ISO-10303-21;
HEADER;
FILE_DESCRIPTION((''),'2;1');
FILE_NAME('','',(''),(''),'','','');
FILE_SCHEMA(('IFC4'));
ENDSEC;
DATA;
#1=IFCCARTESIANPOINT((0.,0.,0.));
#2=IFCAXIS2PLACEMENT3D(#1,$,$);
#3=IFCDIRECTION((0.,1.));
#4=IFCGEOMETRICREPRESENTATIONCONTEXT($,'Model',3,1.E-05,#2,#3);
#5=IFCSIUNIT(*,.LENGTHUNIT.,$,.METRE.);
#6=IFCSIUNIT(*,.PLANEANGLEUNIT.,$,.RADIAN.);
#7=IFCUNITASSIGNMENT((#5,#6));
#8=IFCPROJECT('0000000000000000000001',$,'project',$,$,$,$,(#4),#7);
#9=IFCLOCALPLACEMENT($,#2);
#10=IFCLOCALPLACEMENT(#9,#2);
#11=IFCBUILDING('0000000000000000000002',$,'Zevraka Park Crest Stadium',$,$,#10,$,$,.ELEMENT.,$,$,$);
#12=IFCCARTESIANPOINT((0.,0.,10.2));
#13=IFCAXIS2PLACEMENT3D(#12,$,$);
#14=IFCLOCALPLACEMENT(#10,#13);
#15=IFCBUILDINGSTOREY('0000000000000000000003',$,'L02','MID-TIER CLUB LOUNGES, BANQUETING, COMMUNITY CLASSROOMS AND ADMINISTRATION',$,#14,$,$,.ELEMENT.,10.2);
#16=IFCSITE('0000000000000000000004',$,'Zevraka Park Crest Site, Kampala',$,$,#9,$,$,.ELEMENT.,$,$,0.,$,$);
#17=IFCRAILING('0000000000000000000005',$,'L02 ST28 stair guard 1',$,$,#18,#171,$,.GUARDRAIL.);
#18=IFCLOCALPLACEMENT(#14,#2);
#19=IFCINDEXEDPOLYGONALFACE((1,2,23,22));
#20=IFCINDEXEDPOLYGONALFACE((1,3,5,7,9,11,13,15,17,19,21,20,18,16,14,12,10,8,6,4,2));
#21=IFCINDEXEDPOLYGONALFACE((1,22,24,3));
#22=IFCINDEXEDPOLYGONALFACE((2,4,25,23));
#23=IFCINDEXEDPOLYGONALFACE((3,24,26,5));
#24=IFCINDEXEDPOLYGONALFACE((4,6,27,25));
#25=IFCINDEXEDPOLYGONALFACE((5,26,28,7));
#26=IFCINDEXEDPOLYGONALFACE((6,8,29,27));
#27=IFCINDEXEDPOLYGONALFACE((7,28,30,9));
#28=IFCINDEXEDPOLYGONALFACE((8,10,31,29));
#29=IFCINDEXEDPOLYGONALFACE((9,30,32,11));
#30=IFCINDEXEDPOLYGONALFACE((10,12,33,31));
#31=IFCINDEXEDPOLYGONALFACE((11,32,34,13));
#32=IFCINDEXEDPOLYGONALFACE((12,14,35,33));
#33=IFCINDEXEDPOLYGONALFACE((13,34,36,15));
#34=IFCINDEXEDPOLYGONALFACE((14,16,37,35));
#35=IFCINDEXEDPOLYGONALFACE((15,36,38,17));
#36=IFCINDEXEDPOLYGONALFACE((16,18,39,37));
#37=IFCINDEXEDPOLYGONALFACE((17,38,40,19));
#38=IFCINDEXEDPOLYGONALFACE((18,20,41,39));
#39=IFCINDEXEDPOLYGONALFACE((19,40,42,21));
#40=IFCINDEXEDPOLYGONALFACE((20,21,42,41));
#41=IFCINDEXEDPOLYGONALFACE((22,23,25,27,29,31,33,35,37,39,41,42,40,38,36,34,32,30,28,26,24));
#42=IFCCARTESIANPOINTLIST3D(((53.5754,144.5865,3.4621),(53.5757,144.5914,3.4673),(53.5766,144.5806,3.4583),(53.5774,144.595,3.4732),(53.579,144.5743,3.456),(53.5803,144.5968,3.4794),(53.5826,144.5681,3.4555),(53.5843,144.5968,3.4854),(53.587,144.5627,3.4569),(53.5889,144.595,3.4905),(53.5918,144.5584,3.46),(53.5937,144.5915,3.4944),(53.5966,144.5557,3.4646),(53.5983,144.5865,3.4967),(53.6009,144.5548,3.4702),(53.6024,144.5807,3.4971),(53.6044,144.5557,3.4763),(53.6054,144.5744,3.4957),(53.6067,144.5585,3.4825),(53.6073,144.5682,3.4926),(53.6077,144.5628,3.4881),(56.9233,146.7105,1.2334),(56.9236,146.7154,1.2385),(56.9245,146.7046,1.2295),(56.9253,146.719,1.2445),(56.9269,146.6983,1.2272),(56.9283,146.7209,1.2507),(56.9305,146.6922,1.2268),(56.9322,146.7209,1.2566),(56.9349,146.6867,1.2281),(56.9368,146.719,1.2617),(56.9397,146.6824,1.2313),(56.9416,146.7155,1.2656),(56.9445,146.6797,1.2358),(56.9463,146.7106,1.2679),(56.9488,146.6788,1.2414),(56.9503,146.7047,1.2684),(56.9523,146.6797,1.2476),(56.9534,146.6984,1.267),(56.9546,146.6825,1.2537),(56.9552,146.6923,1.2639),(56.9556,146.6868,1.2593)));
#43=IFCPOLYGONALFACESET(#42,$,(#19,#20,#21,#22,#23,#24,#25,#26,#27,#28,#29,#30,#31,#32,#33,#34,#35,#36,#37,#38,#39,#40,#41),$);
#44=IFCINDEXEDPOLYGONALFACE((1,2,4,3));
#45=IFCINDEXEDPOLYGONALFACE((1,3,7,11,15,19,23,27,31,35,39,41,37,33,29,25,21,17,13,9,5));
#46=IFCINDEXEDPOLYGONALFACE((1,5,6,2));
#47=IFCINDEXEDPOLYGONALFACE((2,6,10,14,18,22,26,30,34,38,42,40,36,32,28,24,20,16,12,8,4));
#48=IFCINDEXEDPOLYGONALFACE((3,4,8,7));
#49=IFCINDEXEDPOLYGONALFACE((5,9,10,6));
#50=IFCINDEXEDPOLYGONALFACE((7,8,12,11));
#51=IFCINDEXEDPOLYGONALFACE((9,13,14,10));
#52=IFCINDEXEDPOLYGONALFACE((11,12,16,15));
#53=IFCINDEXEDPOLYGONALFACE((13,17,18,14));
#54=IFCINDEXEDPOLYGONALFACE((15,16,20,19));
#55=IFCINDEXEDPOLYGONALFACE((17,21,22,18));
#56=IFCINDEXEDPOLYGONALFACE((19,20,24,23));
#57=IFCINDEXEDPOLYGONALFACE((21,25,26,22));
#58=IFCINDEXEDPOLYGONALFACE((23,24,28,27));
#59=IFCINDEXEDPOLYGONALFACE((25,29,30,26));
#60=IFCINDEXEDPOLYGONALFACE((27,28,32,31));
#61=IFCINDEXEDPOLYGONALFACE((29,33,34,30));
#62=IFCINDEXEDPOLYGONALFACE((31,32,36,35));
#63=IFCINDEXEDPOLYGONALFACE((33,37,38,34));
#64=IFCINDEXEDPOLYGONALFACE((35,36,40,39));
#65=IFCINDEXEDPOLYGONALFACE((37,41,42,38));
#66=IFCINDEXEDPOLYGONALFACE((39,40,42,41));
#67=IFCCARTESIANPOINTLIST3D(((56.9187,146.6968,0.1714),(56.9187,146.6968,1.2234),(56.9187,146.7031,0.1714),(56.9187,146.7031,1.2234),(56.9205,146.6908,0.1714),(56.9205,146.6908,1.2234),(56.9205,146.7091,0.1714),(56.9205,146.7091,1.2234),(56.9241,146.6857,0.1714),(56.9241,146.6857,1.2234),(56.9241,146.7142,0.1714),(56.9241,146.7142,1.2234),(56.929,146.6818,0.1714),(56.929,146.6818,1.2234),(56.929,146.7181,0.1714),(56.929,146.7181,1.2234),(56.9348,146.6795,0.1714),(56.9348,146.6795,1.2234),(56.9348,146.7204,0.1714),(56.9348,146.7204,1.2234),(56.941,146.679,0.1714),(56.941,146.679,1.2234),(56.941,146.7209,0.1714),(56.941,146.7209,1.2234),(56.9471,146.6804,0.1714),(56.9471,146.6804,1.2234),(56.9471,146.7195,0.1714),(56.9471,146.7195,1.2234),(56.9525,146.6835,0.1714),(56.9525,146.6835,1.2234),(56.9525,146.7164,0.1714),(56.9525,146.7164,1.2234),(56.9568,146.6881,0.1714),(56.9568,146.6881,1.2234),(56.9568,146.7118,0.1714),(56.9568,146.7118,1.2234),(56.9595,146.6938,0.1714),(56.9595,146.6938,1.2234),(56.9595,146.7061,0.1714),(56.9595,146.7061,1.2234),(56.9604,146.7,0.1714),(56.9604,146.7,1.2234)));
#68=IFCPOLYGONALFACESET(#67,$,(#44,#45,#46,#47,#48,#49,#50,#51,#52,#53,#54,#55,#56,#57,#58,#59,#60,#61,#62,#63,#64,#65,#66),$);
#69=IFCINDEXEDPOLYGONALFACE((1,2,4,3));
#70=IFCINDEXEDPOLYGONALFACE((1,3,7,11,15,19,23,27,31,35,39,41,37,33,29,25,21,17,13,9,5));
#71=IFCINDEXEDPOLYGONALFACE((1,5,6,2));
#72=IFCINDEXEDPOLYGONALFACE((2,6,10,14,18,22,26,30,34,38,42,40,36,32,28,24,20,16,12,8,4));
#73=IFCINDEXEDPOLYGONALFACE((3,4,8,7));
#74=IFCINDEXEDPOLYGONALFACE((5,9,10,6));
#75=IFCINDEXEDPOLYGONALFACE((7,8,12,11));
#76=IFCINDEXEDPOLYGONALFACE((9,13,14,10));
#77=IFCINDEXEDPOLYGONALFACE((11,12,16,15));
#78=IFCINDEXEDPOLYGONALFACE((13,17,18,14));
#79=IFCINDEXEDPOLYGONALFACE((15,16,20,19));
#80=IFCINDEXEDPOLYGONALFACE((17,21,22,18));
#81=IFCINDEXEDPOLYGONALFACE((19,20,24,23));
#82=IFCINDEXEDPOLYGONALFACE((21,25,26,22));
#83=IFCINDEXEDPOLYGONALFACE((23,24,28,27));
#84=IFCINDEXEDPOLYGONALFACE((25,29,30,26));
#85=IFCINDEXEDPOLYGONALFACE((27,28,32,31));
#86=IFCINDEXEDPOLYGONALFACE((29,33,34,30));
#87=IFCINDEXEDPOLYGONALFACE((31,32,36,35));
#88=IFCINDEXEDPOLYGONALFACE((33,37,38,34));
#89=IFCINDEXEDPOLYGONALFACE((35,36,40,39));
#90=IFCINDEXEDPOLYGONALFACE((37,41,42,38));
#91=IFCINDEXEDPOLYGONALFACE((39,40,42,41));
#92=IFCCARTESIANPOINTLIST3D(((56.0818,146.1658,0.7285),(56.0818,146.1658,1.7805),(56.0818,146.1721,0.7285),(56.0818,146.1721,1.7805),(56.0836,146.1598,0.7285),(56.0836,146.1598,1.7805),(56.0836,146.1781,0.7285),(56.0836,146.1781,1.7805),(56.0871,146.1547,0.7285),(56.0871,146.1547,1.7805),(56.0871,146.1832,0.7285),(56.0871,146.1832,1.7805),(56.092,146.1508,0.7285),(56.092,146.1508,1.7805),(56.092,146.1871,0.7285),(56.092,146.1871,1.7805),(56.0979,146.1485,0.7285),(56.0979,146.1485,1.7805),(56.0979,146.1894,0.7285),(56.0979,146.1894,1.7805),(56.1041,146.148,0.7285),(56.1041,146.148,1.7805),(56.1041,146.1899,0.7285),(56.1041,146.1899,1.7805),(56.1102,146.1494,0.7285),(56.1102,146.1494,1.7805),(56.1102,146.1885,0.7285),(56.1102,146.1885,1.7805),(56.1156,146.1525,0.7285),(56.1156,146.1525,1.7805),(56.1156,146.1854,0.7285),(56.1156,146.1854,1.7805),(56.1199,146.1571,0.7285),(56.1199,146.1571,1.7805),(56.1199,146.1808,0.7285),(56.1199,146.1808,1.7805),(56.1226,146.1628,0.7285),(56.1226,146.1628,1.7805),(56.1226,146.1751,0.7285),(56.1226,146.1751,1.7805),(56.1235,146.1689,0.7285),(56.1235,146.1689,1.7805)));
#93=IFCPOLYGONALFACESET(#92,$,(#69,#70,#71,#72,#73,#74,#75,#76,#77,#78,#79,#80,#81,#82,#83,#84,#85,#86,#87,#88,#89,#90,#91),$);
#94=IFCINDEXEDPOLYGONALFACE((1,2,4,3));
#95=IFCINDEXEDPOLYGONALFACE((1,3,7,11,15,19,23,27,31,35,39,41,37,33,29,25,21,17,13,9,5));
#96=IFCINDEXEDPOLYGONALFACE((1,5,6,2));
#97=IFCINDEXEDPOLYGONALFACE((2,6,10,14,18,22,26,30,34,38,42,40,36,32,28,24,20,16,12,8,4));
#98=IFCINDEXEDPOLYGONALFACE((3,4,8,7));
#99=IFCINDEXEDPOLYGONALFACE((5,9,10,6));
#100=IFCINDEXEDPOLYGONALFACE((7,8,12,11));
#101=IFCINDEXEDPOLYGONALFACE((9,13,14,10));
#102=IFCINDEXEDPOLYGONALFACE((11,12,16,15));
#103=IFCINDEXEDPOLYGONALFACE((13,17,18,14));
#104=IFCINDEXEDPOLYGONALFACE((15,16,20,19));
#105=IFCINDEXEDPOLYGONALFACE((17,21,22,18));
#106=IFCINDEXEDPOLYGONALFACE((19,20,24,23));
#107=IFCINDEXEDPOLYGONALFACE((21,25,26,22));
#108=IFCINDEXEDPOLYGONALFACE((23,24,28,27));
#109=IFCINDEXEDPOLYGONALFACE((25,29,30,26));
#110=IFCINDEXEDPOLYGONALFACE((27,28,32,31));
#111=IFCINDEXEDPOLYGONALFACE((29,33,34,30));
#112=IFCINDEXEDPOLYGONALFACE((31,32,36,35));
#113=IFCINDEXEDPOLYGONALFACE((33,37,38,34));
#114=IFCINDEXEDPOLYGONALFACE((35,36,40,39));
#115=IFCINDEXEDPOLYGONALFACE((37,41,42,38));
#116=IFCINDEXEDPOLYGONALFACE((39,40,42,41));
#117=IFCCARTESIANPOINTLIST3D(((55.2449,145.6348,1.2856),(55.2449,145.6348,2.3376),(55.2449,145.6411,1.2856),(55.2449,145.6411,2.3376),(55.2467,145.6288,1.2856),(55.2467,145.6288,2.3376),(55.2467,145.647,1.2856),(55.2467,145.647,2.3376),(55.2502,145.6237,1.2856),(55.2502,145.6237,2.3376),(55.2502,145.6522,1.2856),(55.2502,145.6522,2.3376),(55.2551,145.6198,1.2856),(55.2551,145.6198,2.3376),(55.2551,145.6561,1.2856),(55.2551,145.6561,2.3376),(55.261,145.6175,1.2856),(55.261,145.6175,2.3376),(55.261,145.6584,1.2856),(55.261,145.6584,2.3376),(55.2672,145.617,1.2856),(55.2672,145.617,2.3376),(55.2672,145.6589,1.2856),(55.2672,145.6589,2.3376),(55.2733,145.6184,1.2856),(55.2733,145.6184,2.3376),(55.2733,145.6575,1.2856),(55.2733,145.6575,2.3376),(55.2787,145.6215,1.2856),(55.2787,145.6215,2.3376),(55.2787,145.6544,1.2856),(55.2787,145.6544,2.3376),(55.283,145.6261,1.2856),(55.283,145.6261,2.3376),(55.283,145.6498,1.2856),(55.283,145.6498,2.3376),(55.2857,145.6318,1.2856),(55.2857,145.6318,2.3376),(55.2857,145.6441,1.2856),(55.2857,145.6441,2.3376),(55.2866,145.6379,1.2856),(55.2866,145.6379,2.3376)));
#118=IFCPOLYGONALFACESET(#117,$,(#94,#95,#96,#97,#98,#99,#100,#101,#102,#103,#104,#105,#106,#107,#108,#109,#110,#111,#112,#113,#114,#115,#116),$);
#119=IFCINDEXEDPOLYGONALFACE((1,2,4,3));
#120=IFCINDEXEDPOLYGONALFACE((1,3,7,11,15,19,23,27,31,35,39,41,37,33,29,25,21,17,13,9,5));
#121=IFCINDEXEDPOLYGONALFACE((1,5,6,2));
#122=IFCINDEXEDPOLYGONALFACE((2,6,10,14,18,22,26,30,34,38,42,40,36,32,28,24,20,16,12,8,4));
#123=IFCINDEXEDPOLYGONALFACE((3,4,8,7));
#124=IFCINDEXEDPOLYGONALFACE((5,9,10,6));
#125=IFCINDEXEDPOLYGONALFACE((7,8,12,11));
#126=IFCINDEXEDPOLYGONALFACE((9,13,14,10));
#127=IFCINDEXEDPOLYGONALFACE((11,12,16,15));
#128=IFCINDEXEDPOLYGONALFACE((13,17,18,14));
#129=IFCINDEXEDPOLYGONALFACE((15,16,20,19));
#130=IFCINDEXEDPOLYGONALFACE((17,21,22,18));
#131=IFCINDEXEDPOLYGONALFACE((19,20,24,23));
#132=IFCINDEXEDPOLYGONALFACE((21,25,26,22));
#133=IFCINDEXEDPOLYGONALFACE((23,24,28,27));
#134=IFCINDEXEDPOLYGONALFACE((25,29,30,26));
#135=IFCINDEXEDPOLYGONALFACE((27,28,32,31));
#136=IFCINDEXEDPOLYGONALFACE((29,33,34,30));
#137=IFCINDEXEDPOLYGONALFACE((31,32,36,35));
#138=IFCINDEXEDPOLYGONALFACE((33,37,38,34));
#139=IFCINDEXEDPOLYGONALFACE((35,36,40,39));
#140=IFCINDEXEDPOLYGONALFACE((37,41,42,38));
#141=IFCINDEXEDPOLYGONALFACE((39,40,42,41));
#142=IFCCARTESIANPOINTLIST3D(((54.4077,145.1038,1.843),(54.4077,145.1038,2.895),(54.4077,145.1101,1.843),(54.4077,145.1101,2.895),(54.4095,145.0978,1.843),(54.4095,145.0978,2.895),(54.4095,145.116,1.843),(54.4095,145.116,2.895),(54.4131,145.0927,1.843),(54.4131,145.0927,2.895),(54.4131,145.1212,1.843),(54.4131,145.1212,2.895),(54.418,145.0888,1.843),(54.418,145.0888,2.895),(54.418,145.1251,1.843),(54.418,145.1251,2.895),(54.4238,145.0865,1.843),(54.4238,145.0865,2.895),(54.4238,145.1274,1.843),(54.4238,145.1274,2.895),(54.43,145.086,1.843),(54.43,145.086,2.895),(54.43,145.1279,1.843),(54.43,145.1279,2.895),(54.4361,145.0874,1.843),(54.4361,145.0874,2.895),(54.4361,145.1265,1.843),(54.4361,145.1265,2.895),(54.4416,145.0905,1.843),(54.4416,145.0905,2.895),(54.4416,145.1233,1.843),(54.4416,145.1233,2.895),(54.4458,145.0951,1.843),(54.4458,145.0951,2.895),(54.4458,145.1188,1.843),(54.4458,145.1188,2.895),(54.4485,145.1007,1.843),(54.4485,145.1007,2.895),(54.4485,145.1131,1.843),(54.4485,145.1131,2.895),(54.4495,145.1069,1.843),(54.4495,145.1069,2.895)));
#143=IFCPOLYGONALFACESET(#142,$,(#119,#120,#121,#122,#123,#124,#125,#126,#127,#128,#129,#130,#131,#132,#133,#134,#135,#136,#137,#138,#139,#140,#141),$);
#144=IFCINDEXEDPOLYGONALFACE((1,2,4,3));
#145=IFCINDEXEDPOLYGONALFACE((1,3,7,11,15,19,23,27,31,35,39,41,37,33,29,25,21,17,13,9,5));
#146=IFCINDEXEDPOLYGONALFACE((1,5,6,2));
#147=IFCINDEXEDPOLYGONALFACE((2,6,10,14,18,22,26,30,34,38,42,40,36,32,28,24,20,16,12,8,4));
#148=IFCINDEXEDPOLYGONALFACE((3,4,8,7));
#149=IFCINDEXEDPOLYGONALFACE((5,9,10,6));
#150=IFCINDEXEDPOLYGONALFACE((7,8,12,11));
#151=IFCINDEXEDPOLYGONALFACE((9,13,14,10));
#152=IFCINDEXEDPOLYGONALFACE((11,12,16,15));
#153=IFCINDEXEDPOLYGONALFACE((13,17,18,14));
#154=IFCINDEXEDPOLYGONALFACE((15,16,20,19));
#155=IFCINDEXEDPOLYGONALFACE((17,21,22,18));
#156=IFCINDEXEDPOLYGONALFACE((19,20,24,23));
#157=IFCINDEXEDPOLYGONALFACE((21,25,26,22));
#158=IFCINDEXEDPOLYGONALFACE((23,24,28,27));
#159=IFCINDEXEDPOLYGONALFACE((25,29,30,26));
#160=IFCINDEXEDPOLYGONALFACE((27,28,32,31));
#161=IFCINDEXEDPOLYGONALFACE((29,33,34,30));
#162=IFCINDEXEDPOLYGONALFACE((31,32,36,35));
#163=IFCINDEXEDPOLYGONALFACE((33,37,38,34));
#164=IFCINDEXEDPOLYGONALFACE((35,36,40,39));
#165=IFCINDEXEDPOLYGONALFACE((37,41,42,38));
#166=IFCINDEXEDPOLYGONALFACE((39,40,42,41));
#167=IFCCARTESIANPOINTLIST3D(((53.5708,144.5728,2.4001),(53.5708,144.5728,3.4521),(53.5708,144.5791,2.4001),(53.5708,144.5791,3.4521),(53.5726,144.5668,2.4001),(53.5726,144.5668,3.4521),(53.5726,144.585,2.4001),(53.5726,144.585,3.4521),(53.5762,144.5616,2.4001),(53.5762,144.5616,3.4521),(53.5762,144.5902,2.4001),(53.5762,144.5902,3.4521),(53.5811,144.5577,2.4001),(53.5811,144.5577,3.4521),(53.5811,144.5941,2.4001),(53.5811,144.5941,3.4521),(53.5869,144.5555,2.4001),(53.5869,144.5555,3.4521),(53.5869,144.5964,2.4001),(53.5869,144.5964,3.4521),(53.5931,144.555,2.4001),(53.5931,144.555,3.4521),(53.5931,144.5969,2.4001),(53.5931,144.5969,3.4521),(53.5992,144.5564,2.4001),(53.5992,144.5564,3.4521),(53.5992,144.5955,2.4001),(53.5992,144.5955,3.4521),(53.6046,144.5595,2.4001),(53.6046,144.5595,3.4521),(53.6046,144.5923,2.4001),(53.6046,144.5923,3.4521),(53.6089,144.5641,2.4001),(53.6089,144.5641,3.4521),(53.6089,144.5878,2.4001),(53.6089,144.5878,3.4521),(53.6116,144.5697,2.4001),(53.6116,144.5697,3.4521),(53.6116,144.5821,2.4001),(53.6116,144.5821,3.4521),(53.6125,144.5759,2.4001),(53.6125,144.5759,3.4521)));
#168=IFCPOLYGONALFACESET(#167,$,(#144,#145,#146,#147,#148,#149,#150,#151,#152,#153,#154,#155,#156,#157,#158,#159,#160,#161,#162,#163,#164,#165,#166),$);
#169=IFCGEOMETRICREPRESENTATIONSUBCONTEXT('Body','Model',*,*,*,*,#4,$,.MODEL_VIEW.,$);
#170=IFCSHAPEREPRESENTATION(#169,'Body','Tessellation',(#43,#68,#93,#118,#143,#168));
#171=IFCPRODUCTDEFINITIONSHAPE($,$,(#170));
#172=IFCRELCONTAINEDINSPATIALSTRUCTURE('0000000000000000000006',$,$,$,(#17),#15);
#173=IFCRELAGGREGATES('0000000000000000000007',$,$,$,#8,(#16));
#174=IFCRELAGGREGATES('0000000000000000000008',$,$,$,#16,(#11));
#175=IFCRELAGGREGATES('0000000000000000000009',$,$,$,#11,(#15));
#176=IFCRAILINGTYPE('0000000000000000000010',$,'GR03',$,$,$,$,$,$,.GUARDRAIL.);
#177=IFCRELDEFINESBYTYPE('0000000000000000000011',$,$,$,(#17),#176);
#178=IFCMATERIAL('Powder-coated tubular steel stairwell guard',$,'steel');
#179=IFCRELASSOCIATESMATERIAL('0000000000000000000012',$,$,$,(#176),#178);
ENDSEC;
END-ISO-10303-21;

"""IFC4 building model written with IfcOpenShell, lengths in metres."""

from ifc_helpers import new_model, si_unit, direction, frame, origin, origin_2d, place, context, subcontext, project, spatial, circle, extrude, material, type_object, element, save


model = new_model("IFC4")

# Units and contexts
model_context = context("Model", 3, precision=1e-05, world=origin(), true_north=direction((0.0, 1.0)))
body_context = subcontext(model_context, "Body", "Model", "MODEL_VIEW")
ifc_project = project(units=[si_unit("LENGTHUNIT", "METRE"), si_unit("PLANEANGLEUNIT", "RADIAN")], contexts=[model_context])

# Site, building, storey
site_placement = place(None, origin())
site = spatial("IfcSite", under=ifc_project, at=site_placement, Name="Zevraka Park Crest Site, Kampala", CompositionType="ELEMENT", RefElevation=0.0)
building_placement = place(site_placement, origin())
building = spatial("IfcBuilding", under=site, at=building_placement, Name="Zevraka Park Crest Stadium", CompositionType="ELEMENT")
storey_placement = place(building_placement, frame((0.0, 0.0, 10.2)))
storey = spatial("IfcBuildingStorey", under=building, at=storey_placement, Name="L02", Description="MID-TIER CLUB LOUNGES, BANQUETING, COMMUNITY CLASSROOMS AND ADMINISTRATION", CompositionType="ELEMENT", Elevation=10.2)

# Railing
ifc_material_1 = material(Name="Powder-coated tubular steel stairwell guard", Category="steel")
railing_type_1 = type_object("IfcRailingType", Name="GR03", PredefinedType="GUARDRAIL", material=ifc_material_1)
railing_1_placement = place(storey_placement, frame((56.9395, 146.7, 0.1714)))
element("IfcRailing", 1, at=railing_1_placement, inside=storey, type_object=railing_type_1, Name="L02 ST28 stair guard 1", PredefinedType="GUARDRAIL", context=body_context, shape_type="SweptSolid", body=[
    extrude(circle(Radius=0.0239, at=origin_2d()), frame((0.0, 0.0, 1.0762), z_axis=(-0.736073, -0.46699, 0.490017), x_axis=(0.535716, -0.844399, 0.0)), (0.0, 0.0, 1.0), 4.5483),
    extrude(circle(Radius=0.021, at=origin_2d()), origin(), (0.0, 0.0, 1.0), 1.052),
    extrude(circle(Radius=0.021, at=origin_2d()), frame((-0.8369, -0.531, 0.5571)), (0.0, 0.0, 1.0), 1.052),
    extrude(circle(Radius=0.021, at=origin_2d()), frame((-1.6738, -1.062, 1.1143)), (0.0, 0.0, 1.0), 1.052),
    extrude(circle(Radius=0.021, at=origin_2d()), frame((-2.511, -1.593, 1.6716)), (0.0, 0.0, 1.0), 1.052),
    extrude(circle(Radius=0.021, at=origin_2d()), frame((-3.3479, -2.124, 2.2288)), (0.0, 0.0, 1.0), 1.052),
])

save(model, "model.ifc")
